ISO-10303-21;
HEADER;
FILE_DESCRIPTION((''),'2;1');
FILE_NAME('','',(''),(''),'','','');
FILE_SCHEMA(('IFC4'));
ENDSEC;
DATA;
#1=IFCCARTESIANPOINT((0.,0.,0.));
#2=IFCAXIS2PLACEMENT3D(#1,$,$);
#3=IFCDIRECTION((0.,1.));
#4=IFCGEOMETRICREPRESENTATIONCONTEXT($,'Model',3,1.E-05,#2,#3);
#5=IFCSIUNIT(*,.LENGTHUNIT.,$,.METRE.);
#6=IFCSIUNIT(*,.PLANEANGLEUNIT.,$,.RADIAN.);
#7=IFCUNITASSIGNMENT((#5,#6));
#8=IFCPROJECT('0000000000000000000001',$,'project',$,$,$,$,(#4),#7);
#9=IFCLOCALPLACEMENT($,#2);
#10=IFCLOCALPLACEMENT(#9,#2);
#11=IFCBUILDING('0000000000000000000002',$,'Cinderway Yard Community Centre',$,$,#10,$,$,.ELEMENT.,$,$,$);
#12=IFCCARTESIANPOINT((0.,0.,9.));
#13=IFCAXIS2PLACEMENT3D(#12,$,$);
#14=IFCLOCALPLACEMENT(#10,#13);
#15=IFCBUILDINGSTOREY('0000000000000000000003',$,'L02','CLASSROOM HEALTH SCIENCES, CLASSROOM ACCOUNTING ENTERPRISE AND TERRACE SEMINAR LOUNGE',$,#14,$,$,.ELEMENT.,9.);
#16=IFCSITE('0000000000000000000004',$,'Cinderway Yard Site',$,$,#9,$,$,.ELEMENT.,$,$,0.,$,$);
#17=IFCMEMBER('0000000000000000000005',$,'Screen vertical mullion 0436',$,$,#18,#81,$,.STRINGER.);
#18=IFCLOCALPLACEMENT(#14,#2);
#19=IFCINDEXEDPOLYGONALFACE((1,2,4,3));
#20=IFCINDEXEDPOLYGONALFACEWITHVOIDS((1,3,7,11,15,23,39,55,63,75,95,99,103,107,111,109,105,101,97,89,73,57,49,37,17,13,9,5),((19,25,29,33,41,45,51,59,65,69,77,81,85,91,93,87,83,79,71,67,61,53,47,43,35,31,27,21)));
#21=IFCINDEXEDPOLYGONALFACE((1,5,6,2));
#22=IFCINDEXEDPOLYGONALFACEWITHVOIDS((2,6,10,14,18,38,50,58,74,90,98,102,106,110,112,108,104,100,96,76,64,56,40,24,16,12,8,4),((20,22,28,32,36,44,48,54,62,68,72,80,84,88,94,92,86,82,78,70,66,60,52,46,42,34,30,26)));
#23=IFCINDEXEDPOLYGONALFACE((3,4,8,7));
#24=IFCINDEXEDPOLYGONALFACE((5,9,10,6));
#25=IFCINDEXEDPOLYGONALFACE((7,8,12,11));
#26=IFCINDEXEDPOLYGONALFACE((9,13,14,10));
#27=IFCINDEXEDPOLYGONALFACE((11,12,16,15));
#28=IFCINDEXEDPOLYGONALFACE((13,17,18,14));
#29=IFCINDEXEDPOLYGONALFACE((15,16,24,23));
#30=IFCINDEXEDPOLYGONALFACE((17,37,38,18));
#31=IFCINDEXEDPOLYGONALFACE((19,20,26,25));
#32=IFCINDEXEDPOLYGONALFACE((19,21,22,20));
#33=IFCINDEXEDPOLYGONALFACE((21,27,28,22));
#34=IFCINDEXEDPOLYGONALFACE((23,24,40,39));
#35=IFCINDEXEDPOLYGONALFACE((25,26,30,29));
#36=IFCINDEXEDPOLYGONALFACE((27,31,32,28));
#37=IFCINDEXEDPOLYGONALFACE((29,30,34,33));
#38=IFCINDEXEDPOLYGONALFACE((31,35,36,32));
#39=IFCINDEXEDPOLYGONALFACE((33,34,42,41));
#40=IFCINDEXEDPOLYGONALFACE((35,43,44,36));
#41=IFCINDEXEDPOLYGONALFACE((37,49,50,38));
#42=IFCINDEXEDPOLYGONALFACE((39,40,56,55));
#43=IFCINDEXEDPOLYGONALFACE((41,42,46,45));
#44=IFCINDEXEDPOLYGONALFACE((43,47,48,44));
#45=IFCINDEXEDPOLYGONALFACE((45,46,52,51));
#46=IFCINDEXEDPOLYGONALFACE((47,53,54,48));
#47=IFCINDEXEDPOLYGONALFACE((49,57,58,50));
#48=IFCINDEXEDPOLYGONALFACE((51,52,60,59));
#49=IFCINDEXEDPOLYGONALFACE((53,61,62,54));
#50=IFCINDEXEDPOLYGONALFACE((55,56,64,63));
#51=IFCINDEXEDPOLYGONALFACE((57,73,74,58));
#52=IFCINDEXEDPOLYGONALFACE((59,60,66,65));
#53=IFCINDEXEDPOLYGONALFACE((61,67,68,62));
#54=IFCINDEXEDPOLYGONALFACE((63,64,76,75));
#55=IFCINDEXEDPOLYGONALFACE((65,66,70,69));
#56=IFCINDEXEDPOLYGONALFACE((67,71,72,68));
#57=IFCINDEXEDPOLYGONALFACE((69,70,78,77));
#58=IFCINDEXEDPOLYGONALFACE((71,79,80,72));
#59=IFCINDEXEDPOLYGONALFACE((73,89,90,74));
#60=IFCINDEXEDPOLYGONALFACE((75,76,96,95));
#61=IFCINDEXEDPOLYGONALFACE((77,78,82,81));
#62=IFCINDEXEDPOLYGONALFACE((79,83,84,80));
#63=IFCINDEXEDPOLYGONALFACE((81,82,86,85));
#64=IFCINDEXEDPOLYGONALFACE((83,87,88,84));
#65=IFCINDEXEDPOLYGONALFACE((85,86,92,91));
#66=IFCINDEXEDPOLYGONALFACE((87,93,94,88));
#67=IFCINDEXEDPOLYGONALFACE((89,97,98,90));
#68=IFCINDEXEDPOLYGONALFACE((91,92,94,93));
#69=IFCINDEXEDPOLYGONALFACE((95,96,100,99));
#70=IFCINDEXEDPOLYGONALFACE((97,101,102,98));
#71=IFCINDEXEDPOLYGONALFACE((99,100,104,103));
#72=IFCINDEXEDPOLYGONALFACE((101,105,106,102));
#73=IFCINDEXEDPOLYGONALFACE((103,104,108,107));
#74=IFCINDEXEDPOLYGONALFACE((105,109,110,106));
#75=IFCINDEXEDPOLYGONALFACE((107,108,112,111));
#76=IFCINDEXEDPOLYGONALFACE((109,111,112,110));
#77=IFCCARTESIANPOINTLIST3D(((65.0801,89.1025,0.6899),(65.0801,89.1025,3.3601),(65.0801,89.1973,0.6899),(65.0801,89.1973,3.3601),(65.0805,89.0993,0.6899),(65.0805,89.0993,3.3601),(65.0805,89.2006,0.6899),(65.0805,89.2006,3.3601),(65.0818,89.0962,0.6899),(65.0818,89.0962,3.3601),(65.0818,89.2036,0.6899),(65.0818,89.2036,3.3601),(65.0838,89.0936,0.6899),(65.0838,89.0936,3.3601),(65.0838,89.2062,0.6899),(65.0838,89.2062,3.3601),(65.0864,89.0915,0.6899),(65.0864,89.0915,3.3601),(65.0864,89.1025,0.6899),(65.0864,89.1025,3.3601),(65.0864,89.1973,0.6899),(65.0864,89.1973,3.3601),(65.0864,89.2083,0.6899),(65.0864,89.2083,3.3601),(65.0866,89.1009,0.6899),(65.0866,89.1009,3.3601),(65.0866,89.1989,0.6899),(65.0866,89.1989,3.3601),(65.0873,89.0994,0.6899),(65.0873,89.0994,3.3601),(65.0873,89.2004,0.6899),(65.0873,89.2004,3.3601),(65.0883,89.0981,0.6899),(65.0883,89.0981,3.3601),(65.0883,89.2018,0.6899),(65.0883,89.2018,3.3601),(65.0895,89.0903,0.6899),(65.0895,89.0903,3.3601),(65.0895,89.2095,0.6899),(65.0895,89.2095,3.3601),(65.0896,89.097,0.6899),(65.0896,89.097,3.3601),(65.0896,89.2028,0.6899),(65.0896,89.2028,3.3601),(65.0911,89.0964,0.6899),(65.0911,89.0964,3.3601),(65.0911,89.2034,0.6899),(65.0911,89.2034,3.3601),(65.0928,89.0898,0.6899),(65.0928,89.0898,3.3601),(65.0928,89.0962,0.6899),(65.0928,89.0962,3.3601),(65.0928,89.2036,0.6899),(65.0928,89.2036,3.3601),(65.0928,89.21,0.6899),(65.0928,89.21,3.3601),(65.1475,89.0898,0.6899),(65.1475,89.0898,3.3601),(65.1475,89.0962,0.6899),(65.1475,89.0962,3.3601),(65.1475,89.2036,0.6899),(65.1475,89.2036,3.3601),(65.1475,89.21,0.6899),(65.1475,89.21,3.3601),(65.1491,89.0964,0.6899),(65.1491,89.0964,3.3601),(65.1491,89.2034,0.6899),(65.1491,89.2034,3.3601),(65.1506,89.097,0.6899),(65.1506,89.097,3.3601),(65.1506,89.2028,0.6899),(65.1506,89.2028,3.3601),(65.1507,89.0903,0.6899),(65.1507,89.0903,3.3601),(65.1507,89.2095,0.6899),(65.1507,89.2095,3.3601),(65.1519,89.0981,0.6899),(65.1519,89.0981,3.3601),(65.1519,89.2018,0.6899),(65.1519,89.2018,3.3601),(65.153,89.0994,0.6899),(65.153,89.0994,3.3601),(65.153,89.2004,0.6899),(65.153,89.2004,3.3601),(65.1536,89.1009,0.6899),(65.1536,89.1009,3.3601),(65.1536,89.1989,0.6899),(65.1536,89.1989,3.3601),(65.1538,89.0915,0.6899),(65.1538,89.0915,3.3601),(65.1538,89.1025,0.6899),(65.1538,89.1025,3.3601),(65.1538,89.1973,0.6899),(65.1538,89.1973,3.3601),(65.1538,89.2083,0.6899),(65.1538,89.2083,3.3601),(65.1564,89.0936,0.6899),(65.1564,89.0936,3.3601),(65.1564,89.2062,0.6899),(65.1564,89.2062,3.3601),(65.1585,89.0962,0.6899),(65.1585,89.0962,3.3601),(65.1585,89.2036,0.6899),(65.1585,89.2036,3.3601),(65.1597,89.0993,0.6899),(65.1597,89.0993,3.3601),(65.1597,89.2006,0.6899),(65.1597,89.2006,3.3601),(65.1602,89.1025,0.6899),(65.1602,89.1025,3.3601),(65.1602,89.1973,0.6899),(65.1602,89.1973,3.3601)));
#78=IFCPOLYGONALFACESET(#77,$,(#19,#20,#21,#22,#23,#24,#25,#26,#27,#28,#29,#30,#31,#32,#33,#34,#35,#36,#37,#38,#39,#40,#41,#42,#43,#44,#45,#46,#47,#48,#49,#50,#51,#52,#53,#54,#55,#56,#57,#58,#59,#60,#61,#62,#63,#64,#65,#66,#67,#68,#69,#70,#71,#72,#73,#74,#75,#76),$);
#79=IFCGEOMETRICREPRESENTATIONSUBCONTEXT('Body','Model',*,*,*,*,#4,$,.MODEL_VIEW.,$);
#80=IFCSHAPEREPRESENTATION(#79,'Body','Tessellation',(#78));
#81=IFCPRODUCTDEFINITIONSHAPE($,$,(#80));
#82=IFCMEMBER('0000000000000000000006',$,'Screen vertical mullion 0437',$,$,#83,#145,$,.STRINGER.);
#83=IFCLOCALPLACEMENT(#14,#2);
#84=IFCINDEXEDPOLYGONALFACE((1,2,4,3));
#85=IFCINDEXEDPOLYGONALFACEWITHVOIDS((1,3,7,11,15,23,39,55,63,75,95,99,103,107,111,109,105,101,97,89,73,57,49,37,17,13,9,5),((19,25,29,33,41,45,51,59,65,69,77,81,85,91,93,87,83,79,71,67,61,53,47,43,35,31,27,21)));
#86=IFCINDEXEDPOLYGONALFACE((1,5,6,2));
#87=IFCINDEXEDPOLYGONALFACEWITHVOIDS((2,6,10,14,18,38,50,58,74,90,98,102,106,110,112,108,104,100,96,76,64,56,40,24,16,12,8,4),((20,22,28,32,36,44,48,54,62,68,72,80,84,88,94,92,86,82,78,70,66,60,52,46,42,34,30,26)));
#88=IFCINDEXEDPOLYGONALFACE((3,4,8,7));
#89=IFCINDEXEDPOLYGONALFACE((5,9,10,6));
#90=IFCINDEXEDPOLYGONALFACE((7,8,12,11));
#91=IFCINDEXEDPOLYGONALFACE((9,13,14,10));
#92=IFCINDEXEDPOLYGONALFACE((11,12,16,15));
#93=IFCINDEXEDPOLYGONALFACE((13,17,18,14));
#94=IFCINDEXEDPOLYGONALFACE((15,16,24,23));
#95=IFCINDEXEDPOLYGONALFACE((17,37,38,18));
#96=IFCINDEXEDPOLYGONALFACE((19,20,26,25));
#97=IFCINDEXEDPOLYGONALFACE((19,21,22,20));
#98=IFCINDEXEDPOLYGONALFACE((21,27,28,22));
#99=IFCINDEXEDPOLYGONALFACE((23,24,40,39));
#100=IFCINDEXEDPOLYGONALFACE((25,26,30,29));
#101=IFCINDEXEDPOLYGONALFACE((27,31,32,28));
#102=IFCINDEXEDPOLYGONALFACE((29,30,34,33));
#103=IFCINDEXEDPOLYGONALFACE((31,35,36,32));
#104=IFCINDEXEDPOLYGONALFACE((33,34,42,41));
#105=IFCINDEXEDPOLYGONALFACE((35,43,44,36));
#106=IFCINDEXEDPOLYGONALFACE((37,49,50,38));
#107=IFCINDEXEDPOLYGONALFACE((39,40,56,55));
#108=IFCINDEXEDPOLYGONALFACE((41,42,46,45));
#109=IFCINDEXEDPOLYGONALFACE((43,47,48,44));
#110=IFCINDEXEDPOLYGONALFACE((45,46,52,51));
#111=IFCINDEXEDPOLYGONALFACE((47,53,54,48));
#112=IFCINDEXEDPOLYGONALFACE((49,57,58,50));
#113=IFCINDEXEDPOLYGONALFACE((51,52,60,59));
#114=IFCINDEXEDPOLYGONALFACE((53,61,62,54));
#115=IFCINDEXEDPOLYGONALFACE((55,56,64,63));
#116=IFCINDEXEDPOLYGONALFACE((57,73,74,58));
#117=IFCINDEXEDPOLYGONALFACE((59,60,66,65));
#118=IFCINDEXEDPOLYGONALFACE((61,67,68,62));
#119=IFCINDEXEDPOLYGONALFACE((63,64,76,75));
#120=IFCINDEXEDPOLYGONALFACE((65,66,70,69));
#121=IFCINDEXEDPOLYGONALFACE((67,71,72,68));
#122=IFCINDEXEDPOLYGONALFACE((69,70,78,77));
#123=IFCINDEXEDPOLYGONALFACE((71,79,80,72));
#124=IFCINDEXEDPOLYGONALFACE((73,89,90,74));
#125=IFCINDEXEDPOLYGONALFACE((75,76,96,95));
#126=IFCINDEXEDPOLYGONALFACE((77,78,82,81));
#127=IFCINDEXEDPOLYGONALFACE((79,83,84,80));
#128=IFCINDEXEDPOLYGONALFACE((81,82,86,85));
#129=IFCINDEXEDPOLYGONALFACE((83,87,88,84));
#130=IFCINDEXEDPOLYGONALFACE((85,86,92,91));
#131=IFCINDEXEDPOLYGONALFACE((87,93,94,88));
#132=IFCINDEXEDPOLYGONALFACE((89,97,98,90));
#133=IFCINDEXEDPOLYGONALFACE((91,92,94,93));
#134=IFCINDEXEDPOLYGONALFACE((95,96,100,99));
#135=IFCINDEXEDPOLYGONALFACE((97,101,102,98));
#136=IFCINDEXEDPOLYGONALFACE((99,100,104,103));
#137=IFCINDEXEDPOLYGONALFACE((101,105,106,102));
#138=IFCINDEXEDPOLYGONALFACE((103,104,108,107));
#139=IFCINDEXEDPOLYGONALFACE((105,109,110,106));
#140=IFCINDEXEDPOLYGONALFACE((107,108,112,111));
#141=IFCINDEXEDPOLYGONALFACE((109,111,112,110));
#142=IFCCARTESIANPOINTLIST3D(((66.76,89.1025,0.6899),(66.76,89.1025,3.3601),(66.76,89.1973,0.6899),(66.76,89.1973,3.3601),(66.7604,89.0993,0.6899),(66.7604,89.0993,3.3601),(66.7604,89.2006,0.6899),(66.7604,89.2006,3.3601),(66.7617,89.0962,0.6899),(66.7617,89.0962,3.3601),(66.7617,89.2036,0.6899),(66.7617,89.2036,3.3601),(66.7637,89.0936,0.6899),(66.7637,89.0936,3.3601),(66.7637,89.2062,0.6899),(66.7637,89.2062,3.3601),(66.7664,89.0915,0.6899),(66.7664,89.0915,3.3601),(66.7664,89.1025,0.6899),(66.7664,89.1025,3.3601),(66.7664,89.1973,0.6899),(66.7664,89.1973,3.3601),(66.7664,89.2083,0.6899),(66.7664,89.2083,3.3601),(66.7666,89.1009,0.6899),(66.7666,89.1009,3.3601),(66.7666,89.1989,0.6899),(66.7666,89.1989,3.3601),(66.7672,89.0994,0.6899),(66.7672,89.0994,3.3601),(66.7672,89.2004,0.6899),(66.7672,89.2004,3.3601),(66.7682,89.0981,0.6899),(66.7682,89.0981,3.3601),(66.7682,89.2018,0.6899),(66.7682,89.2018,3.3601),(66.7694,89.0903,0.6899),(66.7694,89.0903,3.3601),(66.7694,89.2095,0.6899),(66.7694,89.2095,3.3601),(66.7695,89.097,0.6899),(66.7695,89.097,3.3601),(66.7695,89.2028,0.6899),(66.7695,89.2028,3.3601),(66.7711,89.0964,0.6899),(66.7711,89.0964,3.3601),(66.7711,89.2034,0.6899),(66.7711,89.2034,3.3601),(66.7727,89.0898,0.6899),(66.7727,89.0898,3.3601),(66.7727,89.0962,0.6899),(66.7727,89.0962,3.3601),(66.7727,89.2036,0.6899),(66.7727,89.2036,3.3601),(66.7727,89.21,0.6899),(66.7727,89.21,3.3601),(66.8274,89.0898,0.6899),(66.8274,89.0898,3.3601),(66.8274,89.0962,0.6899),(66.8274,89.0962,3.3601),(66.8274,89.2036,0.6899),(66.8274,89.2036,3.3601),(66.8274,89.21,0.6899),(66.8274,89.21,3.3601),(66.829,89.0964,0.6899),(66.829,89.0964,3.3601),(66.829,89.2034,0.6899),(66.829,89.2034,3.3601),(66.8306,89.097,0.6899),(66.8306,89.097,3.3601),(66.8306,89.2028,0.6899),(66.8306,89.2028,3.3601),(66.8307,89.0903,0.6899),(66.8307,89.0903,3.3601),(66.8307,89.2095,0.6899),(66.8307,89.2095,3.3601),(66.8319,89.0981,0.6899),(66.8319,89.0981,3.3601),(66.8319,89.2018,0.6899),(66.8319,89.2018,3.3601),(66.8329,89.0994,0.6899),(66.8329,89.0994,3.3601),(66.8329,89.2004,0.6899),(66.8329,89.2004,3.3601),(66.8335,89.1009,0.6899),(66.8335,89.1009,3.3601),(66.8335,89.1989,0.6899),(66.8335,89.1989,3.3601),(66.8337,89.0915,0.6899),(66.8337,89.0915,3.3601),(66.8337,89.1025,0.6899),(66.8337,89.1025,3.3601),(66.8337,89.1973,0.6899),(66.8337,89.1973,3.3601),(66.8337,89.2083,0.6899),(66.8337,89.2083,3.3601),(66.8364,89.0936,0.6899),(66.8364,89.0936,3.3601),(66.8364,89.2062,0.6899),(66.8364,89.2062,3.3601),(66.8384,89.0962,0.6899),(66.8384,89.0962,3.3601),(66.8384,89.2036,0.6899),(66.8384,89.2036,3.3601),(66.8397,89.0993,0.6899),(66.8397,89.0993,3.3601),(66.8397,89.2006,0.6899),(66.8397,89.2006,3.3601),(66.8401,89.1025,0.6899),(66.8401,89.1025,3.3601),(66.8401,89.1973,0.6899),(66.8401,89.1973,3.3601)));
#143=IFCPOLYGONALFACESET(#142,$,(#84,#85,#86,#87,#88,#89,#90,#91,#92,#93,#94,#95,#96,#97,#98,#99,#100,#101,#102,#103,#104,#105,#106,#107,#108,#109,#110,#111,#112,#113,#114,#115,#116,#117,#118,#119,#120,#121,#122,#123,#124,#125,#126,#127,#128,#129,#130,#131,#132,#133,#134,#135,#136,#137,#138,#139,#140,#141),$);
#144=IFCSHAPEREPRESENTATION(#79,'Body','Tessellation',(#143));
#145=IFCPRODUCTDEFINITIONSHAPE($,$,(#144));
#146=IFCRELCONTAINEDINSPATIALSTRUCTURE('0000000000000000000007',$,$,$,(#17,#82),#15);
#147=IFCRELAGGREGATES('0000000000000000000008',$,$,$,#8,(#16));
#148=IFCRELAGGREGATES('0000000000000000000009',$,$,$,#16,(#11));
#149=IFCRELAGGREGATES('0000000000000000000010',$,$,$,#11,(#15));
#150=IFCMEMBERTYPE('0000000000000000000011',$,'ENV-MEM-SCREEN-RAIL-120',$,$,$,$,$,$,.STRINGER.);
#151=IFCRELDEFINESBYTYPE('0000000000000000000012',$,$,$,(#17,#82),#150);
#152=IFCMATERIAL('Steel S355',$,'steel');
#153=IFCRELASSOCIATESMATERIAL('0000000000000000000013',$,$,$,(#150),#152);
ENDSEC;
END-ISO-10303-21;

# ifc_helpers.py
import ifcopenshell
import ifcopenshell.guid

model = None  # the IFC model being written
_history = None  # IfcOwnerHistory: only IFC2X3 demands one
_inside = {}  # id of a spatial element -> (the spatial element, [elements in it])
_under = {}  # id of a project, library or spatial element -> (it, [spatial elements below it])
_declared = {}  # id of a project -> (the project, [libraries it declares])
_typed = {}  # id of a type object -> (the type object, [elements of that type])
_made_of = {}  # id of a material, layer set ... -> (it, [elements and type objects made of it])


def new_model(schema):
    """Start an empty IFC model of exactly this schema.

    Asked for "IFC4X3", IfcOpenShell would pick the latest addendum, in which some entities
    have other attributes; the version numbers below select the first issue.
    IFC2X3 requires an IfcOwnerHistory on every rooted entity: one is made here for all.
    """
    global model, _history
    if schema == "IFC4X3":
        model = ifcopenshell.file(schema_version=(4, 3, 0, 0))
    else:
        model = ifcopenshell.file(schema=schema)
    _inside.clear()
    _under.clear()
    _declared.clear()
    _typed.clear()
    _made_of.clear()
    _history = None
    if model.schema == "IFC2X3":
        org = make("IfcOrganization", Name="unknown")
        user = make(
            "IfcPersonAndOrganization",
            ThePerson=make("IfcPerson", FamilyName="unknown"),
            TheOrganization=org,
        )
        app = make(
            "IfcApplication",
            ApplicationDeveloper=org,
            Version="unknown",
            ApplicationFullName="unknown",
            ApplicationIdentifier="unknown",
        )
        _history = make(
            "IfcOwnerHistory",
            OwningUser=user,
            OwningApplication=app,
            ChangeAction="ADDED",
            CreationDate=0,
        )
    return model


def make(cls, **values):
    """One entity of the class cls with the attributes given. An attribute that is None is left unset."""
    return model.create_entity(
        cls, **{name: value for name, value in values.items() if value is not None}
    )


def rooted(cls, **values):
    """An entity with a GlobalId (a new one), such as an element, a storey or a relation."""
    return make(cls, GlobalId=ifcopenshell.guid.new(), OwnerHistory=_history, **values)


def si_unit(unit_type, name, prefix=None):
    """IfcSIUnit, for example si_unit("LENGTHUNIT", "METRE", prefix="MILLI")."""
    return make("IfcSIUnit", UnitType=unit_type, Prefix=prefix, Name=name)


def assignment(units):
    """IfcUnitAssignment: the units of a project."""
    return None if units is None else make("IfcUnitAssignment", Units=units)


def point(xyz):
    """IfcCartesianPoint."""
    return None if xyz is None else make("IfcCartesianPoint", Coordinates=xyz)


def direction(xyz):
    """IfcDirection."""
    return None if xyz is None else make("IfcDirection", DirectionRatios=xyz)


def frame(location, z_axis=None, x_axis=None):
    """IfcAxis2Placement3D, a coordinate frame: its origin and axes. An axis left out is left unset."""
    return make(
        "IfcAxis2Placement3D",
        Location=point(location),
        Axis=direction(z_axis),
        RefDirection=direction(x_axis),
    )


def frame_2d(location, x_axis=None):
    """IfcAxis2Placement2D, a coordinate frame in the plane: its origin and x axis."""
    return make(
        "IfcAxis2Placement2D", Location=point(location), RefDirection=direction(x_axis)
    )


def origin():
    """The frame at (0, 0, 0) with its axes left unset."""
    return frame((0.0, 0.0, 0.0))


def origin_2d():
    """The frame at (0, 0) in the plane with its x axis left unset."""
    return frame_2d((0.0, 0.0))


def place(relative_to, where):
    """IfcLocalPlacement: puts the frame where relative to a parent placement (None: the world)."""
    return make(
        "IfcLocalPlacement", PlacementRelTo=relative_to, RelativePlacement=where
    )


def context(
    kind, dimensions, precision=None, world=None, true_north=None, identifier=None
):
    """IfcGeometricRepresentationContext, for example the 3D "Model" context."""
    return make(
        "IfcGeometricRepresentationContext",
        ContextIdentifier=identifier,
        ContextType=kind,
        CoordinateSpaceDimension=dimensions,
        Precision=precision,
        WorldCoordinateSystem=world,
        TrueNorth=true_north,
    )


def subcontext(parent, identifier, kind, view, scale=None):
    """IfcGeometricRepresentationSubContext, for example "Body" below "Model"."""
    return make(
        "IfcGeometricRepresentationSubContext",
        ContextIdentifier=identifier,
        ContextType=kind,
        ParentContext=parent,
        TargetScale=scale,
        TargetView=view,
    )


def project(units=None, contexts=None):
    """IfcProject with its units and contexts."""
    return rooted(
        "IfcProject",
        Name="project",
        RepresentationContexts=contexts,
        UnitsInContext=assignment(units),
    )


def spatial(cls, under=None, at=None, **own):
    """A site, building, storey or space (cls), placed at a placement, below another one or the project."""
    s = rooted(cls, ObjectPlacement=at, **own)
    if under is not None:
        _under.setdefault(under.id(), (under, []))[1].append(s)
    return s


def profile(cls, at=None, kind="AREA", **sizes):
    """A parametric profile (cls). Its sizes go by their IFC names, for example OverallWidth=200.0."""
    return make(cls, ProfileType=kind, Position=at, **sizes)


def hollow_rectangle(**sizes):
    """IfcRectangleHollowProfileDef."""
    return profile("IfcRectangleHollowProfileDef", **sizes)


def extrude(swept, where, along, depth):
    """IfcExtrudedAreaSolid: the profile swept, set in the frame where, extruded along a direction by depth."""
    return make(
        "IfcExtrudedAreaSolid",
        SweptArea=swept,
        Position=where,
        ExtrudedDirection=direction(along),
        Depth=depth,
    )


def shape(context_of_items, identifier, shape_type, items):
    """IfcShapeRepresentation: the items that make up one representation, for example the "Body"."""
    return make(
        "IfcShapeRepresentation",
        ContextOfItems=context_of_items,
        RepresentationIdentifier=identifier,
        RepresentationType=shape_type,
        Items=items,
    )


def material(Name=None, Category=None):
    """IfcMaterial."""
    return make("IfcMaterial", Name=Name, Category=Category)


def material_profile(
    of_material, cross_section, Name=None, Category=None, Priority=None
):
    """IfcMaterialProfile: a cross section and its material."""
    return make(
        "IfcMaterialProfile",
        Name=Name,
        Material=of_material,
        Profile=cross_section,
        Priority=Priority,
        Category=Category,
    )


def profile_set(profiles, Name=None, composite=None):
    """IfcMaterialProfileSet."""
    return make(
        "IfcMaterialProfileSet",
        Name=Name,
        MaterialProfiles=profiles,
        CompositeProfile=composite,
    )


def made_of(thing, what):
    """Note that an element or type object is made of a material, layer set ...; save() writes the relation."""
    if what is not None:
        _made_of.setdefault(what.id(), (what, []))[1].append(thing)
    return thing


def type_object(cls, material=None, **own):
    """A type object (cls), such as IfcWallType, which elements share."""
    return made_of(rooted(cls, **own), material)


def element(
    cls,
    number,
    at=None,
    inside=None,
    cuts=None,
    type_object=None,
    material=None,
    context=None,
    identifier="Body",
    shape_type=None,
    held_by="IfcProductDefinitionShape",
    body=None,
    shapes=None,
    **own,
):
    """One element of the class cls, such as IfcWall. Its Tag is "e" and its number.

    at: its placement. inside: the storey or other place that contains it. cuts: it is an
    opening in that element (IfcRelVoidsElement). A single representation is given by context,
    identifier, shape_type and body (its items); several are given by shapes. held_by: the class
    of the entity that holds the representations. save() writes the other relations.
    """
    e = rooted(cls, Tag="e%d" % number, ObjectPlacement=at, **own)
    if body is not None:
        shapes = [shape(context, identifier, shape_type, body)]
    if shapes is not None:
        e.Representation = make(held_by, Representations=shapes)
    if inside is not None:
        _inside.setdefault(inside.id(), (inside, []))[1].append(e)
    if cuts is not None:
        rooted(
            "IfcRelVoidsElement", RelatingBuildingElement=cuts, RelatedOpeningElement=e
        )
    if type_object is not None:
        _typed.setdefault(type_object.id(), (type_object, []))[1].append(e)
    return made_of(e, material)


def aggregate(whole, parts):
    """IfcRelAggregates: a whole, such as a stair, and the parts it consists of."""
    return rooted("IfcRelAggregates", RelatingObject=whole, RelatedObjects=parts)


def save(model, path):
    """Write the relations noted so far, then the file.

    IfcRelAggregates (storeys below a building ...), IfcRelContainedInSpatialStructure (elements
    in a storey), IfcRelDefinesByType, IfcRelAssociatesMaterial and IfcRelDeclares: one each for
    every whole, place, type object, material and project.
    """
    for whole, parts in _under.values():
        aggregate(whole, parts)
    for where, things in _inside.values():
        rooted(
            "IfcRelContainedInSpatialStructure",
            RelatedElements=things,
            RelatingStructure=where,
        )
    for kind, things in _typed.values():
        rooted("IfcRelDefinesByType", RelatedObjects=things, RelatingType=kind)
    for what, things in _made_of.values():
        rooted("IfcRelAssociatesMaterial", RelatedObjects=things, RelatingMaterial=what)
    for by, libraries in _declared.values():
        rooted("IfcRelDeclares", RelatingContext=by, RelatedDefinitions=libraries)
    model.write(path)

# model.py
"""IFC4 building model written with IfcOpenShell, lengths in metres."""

from ifc_helpers import new_model, si_unit, direction, frame, origin, origin_2d, place, context, subcontext, project, spatial, hollow_rectangle, extrude, material, material_profile, profile_set, type_object, element, save


model = new_model("IFC4")

# Units and contexts
model_context = context("Model", 3, precision=1e-05, world=origin(), true_north=direction((0.0, 1.0)))
body_context = subcontext(model_context, "Body", "Model", "MODEL_VIEW")
ifc_project = project(units=[si_unit("LENGTHUNIT", "METRE"), si_unit("PLANEANGLEUNIT", "RADIAN")], contexts=[model_context])

# Site, building, storey
site_placement = place(None, origin())
site = spatial("IfcSite", under=ifc_project, at=site_placement, Name="Cinderway Yard Site", CompositionType="ELEMENT", RefElevation=0.0)
building_placement = place(site_placement, origin())
building = spatial("IfcBuilding", under=site, at=building_placement, Name="Cinderway Yard Community Centre", CompositionType="ELEMENT")
storey_placement = place(building_placement, frame((0.0, 0.0, 9.0)))
storey = spatial("IfcBuildingStorey", under=building, at=storey_placement, Name="L02", Description="CLASSROOM HEALTH SCIENCES, CLASSROOM ACCOUNTING ENTERPRISE AND TERRACE SEMINAR LOUNGE", CompositionType="ELEMENT", Elevation=9.0)

# Members
ifc_material_1 = material(Name="Steel S355", Category="steel")
ifc_material_profile_1 = material_profile(ifc_material_1, hollow_rectangle(XDim=0.0801, YDim=0.1201, WallThickness=0.0063, InnerFilletRadius=0.0063, OuterFilletRadius=0.0127, at=origin_2d()), Name="Steel S355")
ifc_profile_set_1 = profile_set([ifc_material_profile_1], Name="Steel S355")
member_type_1 = type_object("IfcMemberType", Name="ENV-MEM-SCREEN-RAIL-120", PredefinedType="STRINGER", material=ifc_profile_set_1)
for number, where, z_axis, x_axis, name in (
    (1, (65.1201, 89.1499, 0.6899), (0.0, 0.0, 1.0), (1.0, 0.0, 0.0), "Screen vertical mullion 0436"),
    (2, (66.8, 89.1499, 0.6899), (0.0, 0.0, 1.0), (1.0, 0.0, 0.0), "Screen vertical mullion 0437"),
):
    element("IfcMember", number, at=place(storey_placement, frame(where, z_axis=z_axis, x_axis=x_axis)), inside=storey, type_object=member_type_1, Name=name, PredefinedType="STRINGER", context=body_context, shape_type="SweptSolid", body=[
        extrude(hollow_rectangle(XDim=0.0801, YDim=0.1201, WallThickness=0.0063, InnerFilletRadius=0.0063, OuterFilletRadius=0.0127, at=origin_2d()), origin(), (0.0, 0.0, 1.0), 2.6702),
    ])

save(model, "model.ifc")
